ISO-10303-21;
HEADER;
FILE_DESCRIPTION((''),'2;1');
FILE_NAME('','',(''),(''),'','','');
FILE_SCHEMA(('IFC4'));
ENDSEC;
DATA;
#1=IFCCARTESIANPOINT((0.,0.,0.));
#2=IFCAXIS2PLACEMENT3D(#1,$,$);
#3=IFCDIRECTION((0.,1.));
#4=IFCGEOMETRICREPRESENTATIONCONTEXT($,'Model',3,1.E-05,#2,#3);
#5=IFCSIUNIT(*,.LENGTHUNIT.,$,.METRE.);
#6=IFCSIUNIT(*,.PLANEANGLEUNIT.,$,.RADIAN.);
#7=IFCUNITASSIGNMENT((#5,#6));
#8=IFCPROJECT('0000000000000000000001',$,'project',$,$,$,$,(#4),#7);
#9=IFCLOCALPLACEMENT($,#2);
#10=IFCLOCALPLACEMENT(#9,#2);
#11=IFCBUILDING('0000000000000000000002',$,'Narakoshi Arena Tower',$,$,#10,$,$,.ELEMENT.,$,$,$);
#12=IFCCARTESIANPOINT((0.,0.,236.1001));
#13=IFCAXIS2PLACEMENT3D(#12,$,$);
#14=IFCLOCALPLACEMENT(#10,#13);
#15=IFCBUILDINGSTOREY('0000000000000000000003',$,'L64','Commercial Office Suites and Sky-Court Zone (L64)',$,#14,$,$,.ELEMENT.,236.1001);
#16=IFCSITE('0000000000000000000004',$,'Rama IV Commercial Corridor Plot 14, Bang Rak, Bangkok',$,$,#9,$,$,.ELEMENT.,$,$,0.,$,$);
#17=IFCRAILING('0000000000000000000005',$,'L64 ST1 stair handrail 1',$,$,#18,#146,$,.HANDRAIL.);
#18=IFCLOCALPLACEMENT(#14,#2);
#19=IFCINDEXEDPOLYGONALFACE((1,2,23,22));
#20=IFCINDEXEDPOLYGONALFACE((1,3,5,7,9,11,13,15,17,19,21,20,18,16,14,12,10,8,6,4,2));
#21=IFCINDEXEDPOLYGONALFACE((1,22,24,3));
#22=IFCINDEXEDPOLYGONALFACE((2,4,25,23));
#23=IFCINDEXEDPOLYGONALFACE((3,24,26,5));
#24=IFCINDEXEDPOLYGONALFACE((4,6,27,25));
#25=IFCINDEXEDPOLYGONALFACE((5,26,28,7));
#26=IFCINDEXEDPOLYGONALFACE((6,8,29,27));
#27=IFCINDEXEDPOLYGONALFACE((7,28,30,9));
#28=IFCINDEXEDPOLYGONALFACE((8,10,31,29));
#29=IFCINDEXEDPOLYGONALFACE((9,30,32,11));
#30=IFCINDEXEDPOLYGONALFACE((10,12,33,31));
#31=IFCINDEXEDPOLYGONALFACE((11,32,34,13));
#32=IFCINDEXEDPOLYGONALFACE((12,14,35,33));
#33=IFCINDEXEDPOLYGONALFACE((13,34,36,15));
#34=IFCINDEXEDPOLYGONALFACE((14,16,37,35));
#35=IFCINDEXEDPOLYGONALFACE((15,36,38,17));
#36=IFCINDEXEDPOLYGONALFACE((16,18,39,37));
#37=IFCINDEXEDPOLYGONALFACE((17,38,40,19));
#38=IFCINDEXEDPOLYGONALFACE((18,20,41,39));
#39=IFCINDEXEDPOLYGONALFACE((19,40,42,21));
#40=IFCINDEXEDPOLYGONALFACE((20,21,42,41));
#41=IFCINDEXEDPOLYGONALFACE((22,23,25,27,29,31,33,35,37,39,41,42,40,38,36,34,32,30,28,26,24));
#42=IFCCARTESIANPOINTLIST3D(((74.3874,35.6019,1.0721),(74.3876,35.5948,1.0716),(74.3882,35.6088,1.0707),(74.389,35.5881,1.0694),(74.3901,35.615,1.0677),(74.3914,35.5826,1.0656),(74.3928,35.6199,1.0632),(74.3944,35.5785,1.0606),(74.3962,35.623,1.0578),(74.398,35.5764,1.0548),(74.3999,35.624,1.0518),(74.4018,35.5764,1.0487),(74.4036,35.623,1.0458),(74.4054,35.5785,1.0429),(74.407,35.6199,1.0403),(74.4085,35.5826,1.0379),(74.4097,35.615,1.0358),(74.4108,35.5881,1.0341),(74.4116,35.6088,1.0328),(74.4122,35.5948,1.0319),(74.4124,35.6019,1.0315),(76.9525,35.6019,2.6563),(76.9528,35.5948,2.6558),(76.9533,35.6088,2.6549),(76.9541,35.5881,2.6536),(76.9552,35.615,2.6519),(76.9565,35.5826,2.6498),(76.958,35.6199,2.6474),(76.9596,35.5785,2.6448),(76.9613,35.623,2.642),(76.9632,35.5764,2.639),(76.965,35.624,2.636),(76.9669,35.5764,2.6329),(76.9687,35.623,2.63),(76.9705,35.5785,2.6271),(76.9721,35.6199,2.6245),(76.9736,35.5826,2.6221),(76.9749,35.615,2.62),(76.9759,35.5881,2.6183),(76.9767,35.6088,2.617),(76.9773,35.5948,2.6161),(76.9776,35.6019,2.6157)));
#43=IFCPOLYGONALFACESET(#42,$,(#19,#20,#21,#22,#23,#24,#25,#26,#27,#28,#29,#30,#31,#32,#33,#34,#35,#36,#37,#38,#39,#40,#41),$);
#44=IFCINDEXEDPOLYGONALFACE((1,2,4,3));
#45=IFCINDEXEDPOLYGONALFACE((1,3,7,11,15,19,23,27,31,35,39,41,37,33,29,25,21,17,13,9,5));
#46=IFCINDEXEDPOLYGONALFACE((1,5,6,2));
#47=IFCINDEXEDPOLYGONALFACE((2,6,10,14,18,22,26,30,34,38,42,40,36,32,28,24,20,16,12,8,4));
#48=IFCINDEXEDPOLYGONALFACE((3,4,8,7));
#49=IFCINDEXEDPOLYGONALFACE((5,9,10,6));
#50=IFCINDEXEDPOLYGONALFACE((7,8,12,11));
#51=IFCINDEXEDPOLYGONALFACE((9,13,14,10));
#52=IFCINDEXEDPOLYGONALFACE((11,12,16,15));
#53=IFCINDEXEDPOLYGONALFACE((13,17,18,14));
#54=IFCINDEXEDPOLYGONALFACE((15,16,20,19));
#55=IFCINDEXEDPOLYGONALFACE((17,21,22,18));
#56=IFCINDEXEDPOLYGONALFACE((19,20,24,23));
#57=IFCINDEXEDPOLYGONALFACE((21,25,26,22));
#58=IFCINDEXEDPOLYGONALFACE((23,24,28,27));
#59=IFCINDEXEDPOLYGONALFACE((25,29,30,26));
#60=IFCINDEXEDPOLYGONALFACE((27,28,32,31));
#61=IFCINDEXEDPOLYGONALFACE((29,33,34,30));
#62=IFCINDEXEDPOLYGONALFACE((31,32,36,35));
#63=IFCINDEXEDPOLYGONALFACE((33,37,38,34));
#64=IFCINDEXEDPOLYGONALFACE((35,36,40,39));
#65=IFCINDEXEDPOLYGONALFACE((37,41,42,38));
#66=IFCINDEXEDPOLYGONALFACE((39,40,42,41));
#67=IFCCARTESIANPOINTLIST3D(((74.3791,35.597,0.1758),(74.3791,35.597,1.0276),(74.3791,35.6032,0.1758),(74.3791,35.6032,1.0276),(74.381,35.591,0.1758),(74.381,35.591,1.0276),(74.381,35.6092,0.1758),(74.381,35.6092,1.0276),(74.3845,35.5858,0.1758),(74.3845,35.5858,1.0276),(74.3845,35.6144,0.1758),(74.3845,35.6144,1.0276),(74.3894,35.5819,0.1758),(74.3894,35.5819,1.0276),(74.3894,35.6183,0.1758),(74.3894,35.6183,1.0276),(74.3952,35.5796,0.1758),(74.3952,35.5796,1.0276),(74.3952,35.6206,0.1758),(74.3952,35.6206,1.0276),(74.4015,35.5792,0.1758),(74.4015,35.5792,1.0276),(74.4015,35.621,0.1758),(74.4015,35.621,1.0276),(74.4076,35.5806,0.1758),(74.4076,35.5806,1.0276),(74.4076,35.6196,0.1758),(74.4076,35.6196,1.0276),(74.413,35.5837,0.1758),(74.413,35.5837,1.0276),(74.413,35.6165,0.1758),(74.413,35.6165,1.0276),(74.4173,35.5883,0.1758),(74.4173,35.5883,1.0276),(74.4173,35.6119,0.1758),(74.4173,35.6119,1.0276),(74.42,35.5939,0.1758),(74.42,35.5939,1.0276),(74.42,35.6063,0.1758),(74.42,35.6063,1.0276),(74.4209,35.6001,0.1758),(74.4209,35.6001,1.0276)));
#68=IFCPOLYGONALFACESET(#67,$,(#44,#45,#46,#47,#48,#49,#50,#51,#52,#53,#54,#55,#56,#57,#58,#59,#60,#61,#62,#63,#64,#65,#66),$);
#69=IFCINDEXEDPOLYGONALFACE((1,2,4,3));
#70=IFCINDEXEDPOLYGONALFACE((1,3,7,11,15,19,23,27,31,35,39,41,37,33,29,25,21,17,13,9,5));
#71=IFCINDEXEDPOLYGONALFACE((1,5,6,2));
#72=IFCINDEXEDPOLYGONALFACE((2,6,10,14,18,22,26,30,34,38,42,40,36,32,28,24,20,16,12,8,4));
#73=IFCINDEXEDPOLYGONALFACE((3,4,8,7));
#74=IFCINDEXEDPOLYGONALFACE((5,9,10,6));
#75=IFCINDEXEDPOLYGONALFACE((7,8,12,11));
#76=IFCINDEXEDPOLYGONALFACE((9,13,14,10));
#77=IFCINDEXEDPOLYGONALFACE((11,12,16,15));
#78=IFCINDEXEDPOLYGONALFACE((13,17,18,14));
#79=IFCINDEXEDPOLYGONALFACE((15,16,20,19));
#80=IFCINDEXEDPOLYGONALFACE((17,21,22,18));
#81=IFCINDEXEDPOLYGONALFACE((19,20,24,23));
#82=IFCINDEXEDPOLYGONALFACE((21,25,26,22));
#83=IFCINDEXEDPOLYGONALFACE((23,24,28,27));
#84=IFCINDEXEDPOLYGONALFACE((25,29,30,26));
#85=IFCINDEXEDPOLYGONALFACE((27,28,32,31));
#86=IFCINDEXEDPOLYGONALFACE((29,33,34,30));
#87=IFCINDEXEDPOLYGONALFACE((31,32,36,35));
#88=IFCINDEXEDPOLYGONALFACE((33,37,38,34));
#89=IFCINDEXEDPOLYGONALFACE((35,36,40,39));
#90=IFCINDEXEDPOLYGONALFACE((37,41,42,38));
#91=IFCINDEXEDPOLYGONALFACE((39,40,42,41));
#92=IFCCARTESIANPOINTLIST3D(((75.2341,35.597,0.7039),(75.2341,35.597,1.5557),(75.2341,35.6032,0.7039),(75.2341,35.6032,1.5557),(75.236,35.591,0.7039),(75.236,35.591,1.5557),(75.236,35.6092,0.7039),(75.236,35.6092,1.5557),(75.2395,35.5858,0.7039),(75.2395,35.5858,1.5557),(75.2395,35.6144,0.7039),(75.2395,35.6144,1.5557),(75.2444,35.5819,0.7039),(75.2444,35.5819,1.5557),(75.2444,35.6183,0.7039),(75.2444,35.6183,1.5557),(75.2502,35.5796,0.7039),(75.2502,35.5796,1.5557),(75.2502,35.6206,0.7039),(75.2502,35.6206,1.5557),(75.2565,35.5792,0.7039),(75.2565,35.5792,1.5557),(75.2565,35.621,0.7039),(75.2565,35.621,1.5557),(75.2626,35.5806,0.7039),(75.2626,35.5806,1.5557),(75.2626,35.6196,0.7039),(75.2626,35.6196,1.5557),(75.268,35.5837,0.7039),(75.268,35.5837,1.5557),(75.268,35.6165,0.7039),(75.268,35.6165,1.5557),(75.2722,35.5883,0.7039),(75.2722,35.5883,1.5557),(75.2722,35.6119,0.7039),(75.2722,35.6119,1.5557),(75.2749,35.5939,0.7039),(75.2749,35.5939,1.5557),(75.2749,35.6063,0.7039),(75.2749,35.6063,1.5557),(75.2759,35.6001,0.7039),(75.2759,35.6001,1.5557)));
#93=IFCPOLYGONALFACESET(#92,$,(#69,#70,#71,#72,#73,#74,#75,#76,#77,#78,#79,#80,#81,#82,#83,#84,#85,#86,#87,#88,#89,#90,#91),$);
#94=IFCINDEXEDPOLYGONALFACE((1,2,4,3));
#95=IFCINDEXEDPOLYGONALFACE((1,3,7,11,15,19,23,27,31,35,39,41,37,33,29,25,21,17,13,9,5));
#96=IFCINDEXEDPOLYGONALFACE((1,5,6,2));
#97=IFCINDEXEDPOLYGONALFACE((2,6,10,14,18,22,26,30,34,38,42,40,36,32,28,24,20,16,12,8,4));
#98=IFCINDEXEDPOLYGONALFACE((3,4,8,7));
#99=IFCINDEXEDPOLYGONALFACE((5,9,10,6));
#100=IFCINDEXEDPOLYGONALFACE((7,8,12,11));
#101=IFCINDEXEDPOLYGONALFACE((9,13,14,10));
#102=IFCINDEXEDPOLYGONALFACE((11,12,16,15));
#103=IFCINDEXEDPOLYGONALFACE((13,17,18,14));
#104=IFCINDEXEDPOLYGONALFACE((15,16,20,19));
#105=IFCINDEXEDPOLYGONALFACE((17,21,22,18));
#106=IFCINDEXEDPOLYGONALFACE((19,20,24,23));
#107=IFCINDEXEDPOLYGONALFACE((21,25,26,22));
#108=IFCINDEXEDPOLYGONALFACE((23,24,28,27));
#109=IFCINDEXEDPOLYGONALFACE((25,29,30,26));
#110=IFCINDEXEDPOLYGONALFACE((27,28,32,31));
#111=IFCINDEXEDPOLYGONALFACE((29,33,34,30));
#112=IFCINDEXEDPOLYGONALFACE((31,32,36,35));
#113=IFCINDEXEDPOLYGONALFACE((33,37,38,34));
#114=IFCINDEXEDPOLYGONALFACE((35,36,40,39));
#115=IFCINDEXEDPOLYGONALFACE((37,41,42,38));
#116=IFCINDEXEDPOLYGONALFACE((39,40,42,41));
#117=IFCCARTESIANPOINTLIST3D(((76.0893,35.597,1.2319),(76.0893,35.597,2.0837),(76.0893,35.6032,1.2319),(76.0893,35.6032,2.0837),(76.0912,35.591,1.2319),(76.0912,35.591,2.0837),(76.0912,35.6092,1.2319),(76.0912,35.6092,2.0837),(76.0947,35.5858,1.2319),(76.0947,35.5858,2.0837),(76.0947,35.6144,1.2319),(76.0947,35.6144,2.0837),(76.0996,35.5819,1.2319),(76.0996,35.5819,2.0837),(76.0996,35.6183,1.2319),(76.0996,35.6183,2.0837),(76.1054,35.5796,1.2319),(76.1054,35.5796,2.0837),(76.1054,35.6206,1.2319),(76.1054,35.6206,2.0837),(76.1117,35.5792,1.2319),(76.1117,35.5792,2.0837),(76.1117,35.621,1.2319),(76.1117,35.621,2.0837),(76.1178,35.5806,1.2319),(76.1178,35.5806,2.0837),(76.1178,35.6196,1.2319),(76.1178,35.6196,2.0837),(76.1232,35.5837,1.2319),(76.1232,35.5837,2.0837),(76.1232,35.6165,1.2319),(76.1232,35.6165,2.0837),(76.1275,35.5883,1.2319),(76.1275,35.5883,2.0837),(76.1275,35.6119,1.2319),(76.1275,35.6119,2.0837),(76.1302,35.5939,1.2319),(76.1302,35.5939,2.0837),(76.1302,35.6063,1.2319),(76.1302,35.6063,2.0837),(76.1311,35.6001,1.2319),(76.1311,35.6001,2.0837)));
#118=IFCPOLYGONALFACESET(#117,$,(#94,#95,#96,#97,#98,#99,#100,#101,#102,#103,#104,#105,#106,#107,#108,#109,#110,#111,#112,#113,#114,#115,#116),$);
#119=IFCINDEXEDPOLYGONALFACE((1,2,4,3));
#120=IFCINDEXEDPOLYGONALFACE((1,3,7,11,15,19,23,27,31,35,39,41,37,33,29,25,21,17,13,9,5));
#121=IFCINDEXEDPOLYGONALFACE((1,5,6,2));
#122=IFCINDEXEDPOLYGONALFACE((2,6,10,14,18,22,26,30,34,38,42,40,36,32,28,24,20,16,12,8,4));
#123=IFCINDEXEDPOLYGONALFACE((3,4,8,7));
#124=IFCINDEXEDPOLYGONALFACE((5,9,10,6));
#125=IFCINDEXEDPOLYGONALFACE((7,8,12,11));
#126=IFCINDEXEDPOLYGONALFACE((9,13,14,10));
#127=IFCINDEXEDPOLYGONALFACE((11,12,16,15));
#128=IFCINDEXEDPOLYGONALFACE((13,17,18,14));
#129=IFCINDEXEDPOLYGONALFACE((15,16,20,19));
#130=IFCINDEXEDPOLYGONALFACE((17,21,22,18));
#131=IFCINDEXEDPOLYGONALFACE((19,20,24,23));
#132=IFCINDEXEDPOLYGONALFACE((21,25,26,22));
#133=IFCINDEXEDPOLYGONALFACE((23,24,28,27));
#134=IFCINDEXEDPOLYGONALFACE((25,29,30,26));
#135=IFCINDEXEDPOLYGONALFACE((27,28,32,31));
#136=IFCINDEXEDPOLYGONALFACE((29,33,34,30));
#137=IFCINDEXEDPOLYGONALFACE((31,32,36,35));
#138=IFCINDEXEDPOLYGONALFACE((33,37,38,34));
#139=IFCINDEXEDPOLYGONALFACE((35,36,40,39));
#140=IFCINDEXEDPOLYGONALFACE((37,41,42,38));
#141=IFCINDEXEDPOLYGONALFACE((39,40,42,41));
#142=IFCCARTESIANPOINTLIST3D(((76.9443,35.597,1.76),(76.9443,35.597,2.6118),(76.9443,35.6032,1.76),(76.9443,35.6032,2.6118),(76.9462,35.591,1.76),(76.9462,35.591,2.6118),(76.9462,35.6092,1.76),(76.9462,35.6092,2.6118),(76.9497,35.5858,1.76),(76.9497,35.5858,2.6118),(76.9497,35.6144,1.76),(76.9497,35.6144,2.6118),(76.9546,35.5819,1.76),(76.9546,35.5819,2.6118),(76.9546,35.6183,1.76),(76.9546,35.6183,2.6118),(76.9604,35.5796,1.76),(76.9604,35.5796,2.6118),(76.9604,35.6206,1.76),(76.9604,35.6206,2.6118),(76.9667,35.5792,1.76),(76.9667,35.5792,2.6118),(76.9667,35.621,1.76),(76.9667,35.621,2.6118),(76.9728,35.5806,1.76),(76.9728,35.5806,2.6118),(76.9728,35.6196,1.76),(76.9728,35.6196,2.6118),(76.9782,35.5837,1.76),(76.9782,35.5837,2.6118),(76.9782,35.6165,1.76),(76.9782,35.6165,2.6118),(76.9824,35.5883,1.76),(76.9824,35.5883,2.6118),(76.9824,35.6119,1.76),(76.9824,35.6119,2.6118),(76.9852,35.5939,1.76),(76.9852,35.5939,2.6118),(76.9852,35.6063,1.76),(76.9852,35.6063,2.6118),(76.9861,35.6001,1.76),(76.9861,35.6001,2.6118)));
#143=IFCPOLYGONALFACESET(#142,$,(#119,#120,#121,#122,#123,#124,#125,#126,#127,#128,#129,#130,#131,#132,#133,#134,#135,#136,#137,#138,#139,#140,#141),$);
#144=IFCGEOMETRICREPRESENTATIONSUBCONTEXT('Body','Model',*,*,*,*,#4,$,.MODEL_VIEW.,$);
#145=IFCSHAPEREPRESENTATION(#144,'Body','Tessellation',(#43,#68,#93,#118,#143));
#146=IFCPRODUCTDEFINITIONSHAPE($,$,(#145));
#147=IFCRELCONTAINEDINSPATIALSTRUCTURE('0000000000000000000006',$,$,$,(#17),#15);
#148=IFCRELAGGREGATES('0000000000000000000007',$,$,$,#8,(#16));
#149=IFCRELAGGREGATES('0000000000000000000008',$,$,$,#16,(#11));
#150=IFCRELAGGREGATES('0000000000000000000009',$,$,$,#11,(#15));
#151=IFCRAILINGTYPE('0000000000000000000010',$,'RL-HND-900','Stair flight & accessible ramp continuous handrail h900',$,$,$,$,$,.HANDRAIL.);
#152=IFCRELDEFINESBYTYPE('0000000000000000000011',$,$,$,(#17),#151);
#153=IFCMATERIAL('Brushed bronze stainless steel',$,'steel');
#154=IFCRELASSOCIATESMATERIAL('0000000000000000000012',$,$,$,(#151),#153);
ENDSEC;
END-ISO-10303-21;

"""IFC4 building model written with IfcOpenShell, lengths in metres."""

from ifc_helpers import new_model, si_unit, direction, frame, origin, origin_2d, place, context, subcontext, project, spatial, circle, extrude, material, type_object, element, save


model = new_model("IFC4")

# Units and contexts
model_context = context("Model", 3, precision=1e-05, world=origin(), true_north=direction((0.0, 1.0)))
body_context = subcontext(model_context, "Body", "Model", "MODEL_VIEW")
ifc_project = project(units=[si_unit("LENGTHUNIT", "METRE"), si_unit("PLANEANGLEUNIT", "RADIAN")], contexts=[model_context])

# Site, building, storey
site_placement = place(None, origin())
site = spatial("IfcSite", under=ifc_project, at=site_placement, Name="Rama IV Commercial Corridor Plot 14, Bang Rak, Bangkok", CompositionType="ELEMENT", RefElevation=0.0)
building_placement = place(site_placement, origin())
building = spatial("IfcBuilding", under=site, at=building_placement, Name="Narakoshi Arena Tower", CompositionType="ELEMENT")
storey_placement = place(building_placement, frame((0.0, 0.0, 236.1001)))
storey = spatial("IfcBuildingStorey", under=building, at=storey_placement, Name="L64", Description="Commercial Office Suites and Sky-Court Zone (L64)", CompositionType="ELEMENT", Elevation=236.1001)

# Railing
ifc_material_1 = material(Name="Brushed bronze stainless steel", Category="steel")
railing_type_1 = type_object("IfcRailingType", Name="RL-HND-900", Description="Stair flight & accessible ramp continuous handrail h900", PredefinedType="HANDRAIL", material=ifc_material_1)
railing_1_placement = place(storey_placement, frame((74.3999, 35.6001, 0.1758)))
element("IfcRailing", 1, at=railing_1_placement, inside=storey, type_object=railing_type_1, Name="L64 ST1 stair handrail 1", PredefinedType="HANDRAIL", context=body_context, shape_type="SweptSolid", body=[
    extrude(circle(Radius=0.0239, at=origin_2d()), frame((0.0, 0.0, 0.876), z_axis=(0.85082, 0.0, 0.525457), x_axis=(0.0, 1.0, 0.0)), (0.0, 0.0, 1.0), 3.0149),
    extrude(circle(Radius=0.021, at=origin_2d()), origin(), (0.0, 0.0, 1.0), 0.8518),
    extrude(circle(Radius=0.021, at=origin_2d()), frame((0.855, 0.0, 0.5281)), (0.0, 0.0, 1.0), 0.8518),
    extrude(circle(Radius=0.021, at=origin_2d()), frame((1.7102, 0.0, 1.0562)), (0.0, 0.0, 1.0), 0.8518),
    extrude(circle(Radius=0.021, at=origin_2d()), frame((2.5652, 0.0, 1.5842)), (0.0, 0.0, 1.0), 0.8518),
])

save(model, "model.ifc")
